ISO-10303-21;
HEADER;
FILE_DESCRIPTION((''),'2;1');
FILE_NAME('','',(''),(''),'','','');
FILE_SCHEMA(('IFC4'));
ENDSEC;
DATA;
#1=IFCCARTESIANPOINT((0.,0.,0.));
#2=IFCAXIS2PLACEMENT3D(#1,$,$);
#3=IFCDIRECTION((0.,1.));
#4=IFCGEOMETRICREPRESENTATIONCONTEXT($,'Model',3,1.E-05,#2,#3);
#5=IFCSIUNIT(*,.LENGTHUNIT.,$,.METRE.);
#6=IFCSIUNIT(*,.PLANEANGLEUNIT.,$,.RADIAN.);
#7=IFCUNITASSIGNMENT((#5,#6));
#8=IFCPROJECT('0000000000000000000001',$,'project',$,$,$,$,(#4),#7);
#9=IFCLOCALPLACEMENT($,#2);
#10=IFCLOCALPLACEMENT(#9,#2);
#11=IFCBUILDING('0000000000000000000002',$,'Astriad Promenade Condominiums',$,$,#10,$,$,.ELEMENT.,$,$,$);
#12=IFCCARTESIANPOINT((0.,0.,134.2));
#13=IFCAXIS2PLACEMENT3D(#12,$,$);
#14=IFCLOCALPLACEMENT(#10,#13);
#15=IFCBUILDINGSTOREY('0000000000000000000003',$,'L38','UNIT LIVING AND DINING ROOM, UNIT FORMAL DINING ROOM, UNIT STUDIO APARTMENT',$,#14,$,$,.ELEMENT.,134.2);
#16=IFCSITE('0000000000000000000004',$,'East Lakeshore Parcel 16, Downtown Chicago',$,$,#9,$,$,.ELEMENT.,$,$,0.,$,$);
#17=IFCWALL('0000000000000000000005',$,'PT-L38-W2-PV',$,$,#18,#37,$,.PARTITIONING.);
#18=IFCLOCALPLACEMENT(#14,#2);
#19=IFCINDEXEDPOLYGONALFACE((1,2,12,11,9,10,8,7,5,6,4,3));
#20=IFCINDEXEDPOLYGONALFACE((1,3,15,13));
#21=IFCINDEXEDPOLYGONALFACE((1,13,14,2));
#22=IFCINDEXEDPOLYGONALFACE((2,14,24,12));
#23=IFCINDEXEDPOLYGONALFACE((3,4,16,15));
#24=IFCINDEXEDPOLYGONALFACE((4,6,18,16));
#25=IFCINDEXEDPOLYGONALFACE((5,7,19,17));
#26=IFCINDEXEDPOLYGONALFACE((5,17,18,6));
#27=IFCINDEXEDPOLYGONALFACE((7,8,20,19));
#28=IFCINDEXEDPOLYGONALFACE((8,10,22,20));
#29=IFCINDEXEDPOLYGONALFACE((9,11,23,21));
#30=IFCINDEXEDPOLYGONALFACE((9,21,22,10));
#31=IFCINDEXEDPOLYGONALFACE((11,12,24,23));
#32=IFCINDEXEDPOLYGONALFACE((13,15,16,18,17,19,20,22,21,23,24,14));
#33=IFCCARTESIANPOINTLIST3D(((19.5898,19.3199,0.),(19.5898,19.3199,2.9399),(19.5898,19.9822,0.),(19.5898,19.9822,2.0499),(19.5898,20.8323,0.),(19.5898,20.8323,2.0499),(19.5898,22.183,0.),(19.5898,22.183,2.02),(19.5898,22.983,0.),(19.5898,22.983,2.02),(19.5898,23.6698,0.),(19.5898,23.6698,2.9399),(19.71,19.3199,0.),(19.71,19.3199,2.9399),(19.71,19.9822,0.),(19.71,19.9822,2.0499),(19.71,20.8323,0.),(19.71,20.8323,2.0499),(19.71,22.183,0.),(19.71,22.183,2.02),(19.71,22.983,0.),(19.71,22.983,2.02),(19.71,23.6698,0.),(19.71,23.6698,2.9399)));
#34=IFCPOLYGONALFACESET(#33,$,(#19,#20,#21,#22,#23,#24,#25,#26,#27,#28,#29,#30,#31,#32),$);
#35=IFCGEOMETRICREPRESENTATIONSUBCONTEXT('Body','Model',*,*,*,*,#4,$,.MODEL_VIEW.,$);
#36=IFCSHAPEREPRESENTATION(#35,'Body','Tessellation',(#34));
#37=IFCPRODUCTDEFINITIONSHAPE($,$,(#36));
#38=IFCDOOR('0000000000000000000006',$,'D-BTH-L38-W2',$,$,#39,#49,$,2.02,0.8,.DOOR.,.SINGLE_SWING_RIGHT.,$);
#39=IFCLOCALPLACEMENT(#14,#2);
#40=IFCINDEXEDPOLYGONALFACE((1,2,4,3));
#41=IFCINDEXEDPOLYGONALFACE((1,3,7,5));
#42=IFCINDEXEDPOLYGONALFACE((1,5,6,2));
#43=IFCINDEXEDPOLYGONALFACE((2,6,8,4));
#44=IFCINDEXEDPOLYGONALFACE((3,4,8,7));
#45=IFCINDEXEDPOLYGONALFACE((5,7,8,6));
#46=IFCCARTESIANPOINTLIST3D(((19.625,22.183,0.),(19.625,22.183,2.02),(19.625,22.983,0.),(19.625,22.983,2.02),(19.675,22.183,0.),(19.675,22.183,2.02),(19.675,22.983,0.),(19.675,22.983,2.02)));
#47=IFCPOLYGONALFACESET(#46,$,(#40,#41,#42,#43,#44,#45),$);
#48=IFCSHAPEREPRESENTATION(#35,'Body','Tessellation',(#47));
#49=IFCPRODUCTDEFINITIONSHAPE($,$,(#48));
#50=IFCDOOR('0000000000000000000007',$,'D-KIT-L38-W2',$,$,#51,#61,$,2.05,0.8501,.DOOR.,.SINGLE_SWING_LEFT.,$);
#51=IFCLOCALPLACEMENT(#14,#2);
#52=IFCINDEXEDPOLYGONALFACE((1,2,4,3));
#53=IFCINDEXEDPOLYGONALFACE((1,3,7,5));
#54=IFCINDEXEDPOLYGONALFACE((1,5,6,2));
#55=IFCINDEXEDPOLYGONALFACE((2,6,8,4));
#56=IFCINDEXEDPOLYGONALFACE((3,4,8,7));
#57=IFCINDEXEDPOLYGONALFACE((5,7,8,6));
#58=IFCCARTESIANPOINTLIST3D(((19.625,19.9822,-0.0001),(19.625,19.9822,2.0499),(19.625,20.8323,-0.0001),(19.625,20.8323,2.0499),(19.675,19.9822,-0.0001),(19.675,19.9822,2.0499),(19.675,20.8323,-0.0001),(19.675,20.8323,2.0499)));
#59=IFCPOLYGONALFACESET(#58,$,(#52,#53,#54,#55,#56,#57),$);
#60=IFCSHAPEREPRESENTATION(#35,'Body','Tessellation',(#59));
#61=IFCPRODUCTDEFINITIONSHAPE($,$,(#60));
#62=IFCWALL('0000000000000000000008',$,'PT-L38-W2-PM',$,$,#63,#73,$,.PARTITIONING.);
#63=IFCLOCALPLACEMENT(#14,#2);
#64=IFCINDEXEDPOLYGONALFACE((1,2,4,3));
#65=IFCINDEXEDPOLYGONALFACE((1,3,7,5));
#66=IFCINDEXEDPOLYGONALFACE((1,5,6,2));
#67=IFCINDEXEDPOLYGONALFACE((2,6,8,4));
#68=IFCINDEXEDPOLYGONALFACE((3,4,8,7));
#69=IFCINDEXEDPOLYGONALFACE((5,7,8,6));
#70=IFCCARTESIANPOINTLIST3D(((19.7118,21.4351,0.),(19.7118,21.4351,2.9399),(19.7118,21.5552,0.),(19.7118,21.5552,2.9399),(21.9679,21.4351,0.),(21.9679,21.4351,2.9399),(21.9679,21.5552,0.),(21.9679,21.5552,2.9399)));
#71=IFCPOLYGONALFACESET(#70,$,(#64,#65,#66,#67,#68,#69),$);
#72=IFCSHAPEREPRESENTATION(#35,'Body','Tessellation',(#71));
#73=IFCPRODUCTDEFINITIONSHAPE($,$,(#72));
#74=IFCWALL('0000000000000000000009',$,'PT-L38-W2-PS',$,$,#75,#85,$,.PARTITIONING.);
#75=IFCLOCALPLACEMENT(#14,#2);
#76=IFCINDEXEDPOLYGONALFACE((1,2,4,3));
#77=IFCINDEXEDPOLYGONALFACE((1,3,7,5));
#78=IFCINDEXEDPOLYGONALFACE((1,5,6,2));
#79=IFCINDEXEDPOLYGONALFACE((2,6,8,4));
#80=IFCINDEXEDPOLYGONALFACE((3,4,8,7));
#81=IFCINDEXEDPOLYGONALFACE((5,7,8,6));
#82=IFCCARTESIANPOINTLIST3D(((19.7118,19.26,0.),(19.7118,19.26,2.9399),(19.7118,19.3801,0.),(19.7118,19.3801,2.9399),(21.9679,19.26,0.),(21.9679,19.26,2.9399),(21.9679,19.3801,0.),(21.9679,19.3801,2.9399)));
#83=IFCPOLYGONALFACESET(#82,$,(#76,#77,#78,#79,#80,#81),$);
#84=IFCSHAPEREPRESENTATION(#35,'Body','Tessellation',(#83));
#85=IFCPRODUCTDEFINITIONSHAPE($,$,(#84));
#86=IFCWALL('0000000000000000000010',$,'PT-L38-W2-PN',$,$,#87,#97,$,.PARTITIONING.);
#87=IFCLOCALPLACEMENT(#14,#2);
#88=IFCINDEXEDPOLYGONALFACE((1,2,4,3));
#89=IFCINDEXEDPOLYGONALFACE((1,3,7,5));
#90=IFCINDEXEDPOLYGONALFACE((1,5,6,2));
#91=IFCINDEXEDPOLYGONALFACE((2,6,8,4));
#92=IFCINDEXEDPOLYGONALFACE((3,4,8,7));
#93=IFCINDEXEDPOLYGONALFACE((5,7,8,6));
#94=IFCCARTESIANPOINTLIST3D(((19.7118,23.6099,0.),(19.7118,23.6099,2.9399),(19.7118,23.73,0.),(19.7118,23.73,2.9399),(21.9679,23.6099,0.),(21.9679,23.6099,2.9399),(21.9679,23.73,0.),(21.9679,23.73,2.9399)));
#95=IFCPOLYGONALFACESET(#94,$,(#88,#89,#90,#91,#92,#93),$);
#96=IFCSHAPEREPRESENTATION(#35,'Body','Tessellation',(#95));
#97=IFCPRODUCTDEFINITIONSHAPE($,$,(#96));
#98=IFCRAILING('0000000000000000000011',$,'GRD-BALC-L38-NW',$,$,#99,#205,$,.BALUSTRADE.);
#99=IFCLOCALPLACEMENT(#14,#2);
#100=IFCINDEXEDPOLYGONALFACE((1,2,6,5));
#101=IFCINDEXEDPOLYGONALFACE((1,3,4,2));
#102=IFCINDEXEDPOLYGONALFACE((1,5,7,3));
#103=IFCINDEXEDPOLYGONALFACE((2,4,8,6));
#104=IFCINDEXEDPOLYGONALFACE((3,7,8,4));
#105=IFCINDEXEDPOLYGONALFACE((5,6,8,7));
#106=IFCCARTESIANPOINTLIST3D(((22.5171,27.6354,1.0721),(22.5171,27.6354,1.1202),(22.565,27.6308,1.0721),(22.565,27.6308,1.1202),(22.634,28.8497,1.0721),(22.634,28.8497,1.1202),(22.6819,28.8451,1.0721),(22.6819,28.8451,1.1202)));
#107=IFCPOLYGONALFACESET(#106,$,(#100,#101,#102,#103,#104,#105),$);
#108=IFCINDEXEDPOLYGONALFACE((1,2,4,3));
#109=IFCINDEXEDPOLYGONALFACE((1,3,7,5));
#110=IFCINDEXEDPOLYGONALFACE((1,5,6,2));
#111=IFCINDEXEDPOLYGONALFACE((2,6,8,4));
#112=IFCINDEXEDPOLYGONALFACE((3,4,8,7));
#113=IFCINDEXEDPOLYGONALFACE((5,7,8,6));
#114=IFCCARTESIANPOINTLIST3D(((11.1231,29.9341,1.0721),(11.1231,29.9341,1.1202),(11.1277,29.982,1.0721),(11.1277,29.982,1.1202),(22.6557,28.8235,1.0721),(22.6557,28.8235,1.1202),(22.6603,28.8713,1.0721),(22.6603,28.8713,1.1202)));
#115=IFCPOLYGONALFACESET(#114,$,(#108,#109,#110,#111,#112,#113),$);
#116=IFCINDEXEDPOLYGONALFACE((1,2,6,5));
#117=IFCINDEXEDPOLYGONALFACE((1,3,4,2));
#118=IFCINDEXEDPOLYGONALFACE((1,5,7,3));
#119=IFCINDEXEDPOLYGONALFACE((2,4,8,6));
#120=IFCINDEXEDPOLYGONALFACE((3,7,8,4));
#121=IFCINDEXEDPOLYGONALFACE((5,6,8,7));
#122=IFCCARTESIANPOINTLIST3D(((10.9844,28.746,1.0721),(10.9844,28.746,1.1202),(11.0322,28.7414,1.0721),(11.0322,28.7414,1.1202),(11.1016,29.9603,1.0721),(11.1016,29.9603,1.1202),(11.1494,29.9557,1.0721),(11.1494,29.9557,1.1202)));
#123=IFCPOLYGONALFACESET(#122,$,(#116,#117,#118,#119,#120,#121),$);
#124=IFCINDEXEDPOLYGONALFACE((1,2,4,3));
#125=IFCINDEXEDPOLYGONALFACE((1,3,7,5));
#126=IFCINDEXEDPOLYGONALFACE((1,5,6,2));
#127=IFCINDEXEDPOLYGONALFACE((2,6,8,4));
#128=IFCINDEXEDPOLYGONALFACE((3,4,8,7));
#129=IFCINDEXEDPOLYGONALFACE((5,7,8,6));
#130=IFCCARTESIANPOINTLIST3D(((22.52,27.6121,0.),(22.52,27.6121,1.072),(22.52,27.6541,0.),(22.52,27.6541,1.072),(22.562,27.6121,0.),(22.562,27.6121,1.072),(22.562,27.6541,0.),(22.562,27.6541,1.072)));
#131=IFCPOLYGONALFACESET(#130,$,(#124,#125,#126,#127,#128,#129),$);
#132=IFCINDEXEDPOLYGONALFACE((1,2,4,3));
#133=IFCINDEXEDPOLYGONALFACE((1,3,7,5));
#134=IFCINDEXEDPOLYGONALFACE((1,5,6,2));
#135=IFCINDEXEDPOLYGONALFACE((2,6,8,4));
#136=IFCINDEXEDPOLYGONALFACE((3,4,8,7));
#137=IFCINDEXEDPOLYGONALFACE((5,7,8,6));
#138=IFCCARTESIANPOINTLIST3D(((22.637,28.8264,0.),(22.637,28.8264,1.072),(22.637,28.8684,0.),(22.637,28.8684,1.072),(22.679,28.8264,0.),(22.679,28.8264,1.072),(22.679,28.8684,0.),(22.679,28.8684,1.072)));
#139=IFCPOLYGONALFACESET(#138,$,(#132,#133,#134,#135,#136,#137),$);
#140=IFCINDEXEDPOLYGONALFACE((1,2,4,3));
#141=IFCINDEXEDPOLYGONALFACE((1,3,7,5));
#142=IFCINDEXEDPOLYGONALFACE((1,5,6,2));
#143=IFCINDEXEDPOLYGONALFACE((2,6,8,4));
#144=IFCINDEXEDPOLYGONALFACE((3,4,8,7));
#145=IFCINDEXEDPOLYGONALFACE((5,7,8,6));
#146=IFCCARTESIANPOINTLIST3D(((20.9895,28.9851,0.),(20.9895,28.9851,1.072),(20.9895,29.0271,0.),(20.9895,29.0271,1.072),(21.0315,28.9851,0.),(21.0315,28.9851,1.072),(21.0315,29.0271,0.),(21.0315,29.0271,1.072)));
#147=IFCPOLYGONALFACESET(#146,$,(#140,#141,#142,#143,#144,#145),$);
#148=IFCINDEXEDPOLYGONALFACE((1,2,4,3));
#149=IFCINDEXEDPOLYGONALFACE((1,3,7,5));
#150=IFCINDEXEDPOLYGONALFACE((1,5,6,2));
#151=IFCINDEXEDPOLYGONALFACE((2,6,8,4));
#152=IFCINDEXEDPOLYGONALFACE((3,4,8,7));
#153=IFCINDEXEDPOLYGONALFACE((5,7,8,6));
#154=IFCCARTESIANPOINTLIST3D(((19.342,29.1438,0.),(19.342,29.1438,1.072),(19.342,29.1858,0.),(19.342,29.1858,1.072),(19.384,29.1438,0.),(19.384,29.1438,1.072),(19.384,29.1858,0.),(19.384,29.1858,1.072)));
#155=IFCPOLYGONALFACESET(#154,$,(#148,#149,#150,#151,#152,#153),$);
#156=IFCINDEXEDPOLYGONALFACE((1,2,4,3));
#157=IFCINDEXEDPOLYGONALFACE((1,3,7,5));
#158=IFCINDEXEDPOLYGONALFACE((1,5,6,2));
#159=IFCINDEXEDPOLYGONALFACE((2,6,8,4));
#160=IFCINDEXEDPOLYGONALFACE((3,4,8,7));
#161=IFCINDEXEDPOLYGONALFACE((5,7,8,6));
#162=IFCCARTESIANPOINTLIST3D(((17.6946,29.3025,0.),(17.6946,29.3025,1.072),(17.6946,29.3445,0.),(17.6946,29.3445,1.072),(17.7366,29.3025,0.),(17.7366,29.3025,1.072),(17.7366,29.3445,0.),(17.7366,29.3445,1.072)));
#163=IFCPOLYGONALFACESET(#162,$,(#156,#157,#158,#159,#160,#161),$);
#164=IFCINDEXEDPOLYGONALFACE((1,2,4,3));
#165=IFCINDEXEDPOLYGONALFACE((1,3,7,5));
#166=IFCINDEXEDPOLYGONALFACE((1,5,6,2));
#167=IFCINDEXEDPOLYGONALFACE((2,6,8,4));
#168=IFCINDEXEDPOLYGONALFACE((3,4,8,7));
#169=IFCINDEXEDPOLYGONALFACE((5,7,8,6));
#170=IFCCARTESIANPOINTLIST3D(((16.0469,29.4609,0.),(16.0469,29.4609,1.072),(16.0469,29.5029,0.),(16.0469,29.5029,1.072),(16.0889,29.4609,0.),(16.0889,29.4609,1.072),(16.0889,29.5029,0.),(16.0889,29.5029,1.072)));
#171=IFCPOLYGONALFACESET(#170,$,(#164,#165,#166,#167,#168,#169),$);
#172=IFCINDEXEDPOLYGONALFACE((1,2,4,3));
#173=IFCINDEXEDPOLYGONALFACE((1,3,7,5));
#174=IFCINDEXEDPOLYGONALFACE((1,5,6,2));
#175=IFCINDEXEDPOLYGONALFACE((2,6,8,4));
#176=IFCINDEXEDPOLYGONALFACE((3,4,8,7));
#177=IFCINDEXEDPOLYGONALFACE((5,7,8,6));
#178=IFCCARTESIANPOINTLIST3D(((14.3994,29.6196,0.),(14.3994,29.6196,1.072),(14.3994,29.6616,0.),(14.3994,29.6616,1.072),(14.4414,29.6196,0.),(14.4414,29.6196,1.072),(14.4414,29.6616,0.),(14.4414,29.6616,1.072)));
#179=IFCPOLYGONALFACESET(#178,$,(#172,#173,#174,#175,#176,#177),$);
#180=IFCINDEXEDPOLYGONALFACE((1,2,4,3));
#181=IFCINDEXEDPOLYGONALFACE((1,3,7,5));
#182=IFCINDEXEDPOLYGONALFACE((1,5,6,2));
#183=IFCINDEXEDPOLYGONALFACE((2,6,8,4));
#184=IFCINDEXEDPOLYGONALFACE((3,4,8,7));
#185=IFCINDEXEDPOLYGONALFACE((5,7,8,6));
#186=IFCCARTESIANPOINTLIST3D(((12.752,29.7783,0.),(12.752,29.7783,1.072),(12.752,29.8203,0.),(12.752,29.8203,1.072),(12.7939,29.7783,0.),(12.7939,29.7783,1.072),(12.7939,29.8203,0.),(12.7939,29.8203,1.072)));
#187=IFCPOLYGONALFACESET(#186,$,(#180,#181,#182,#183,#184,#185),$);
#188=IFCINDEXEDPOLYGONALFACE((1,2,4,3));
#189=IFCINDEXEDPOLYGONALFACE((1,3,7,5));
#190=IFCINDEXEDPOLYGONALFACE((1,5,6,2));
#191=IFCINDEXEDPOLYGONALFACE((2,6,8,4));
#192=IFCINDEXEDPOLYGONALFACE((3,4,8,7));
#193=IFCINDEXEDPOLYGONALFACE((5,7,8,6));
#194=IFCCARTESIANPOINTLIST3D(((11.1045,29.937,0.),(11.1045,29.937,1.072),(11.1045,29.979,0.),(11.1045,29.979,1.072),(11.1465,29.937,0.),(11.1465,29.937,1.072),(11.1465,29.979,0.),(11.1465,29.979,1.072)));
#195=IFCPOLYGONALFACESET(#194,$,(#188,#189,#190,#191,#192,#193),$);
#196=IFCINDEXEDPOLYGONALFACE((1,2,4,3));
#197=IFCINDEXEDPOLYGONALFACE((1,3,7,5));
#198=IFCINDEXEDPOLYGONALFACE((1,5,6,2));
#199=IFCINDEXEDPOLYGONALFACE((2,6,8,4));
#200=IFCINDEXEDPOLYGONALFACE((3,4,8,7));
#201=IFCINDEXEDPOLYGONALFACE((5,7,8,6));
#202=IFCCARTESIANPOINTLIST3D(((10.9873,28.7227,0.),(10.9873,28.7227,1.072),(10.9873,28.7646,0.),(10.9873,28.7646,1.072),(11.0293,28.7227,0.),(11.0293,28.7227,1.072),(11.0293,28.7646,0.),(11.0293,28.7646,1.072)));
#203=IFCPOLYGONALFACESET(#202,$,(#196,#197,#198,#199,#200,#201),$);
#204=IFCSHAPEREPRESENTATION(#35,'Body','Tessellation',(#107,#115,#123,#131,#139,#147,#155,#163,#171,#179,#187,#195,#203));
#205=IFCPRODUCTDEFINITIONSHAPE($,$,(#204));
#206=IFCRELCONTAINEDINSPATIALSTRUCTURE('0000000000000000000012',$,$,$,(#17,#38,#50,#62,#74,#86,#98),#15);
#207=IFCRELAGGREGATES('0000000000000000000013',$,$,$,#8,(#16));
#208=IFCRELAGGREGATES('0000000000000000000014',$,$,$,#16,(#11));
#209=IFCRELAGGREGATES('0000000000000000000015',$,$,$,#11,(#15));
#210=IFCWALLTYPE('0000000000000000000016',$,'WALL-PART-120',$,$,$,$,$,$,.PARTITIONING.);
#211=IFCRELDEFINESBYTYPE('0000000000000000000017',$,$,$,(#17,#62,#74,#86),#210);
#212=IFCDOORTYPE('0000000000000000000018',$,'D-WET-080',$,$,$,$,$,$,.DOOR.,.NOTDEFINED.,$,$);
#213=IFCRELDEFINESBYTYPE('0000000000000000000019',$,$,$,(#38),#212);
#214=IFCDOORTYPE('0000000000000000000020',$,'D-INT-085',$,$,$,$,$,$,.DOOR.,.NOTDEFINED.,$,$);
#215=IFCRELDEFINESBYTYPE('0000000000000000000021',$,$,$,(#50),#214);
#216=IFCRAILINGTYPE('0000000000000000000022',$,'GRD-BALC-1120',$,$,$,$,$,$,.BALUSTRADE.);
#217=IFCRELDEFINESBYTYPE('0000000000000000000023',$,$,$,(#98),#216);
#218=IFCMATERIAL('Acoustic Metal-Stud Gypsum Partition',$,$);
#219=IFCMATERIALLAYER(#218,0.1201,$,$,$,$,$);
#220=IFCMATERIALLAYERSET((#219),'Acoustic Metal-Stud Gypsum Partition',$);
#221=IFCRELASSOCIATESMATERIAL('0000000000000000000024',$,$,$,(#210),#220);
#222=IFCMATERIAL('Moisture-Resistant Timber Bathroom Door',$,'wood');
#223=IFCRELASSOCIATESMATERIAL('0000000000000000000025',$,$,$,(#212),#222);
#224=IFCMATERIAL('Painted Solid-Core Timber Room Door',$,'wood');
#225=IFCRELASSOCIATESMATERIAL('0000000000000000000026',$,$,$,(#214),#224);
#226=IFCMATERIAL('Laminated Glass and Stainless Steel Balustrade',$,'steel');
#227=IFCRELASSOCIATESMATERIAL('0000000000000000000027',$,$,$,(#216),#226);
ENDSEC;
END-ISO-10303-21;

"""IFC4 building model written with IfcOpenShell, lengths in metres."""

from ifc_helpers import new_model, si_unit, direction, frame, frame_2d, origin, origin_2d, place, context, subcontext, project, spatial, rectangle, extrude, source, transform, mapped, material, layer, layer_set, type_object, type_shapes, element, fill, save


model = new_model("IFC4")

# Units and contexts
model_context = context("Model", 3, precision=1e-05, world=origin(), true_north=direction((0.0, 1.0)))
body_context = subcontext(model_context, "Body", "Model", "MODEL_VIEW")
ifc_project = project(units=[si_unit("LENGTHUNIT", "METRE"), si_unit("PLANEANGLEUNIT", "RADIAN")], contexts=[model_context])

# Site, building, storey
site_placement = place(None, origin())
site = spatial("IfcSite", under=ifc_project, at=site_placement, Name="East Lakeshore Parcel 16, Downtown Chicago", CompositionType="ELEMENT", RefElevation=0.0)
building_placement = place(site_placement, origin())
building = spatial("IfcBuilding", under=site, at=building_placement, Name="Astriad Promenade Condominiums", CompositionType="ELEMENT")
storey_placement = place(building_placement, frame((0.0, 0.0, 134.2)))
storey = spatial("IfcBuildingStorey", under=building, at=storey_placement, Name="L38", Description="UNIT LIVING AND DINING ROOM, UNIT FORMAL DINING ROOM, UNIT STUDIO APARTMENT", CompositionType="ELEMENT", Elevation=134.2)

# Wall, openings, doors
ifc_material_1 = material(Name="Acoustic Metal-Stud Gypsum Partition")
ifc_layer_1 = layer(ifc_material_1, 0.1201)
ifc_layer_set_1 = layer_set([ifc_layer_1], Name="Acoustic Metal-Stud Gypsum Partition")
wall_type_1 = type_object("IfcWallType", Name="WALL-PART-120", PredefinedType="PARTITIONING", material=ifc_layer_set_1)
wall_1_placement = place(storey_placement, frame((19.6499, 19.3201, 0.0), z_axis=(0.0, 0.0, 1.0), x_axis=(0.0, 1.0, 0.0)))
wall_1 = element("IfcWall", 1, at=wall_1_placement, inside=storey, type_object=wall_type_1, Name="PT-L38-W2-PV", PredefinedType="PARTITIONING", context=body_context, shape_type="SweptSolid", body=[
    extrude(rectangle(XDim=4.3499, YDim=0.1201, at=frame_2d((2.1748, 0.0))), origin(), (0.0, 0.0, 1.0), 2.9399),
])
opening_1_placement = place(wall_1_placement, frame((0.6621, 0.0, 0.0)))
opening_1 = element("IfcOpeningElement", 2, at=opening_1_placement, cuts=wall_1, PredefinedType="OPENING", context=body_context, shape_type="SweptSolid", body=[
    extrude(rectangle(XDim=0.8501, YDim=2.05, at=frame_2d((0.425, 1.0249))), frame((0.0, 0.0701, 0.0), z_axis=(0.0, -1.0, 0.0), x_axis=(1.0, 0.0, 0.0)), (0.0, 0.0, 1.0), 0.1401),
])
opening_2_placement = place(wall_1_placement, frame((2.863, 0.0, 0.0)))
opening_2 = element("IfcOpeningElement", 3, at=opening_2_placement, cuts=wall_1, PredefinedType="OPENING", context=body_context, shape_type="SweptSolid", body=[
    extrude(rectangle(XDim=0.8, YDim=2.02, at=frame_2d((0.3999, 1.01))), frame((0.0, 0.0701, 0.0), z_axis=(0.0, -1.0, 0.0), x_axis=(1.0, 0.0, 0.0)), (0.0, 0.0, 1.0), 0.1401),
])
ifc_material_2 = material(Name="Moisture-Resistant Timber Bathroom Door", Category="wood")
door_type_1 = type_object("IfcDoorType", Name="D-WET-080", OperationType="NOTDEFINED", PredefinedType="DOOR", material=ifc_material_2)
shared_shape_1 = source(origin(), body_context, "Body", "SweptSolid", [
    extrude(rectangle(XDim=0.8, YDim=2.02, at=frame_2d((0.3999, 1.01))), frame((0.0, 0.0249, 0.0), z_axis=(0.0, -1.0, 0.0), x_axis=(1.0, 0.0, 0.0)), (0.0, 0.0, 1.0), 0.05),
])
type_shapes(door_type_1, [shared_shape_1])
door_1_placement = place(opening_2_placement, origin())
door_1 = element("IfcDoor", 4, at=door_1_placement, inside=storey, type_object=door_type_1, Name="D-BTH-L38-W2", OperationType="SINGLE_SWING_RIGHT", OverallHeight=2.02, OverallWidth=0.8, PredefinedType="DOOR", context=body_context, shape_type="MappedRepresentation", body=[
    mapped(shared_shape_1, transform((0.0, 0.0, 0.0), scale=1.0)),
])
fill(opening_2, door_1)
ifc_material_3 = material(Name="Painted Solid-Core Timber Room Door", Category="wood")
door_type_2 = type_object("IfcDoorType", Name="D-INT-085", OperationType="NOTDEFINED", PredefinedType="DOOR", material=ifc_material_3)
shared_shape_2 = source(origin(), body_context, "Body", "SweptSolid", [
    extrude(rectangle(XDim=0.8501, YDim=2.05, at=frame_2d((0.425, 1.0249))), frame((0.0, 0.0249, 0.0), z_axis=(0.0, -1.0, 0.0), x_axis=(1.0, 0.0, 0.0)), (0.0, 0.0, 1.0), 0.05),
])
type_shapes(door_type_2, [shared_shape_2])
door_2_placement = place(opening_1_placement, origin())
door_2 = element("IfcDoor", 5, at=door_2_placement, inside=storey, type_object=door_type_2, Name="D-KIT-L38-W2", OperationType="SINGLE_SWING_LEFT", OverallHeight=2.05, OverallWidth=0.8501, PredefinedType="DOOR", context=body_context, shape_type="MappedRepresentation", body=[
    mapped(shared_shape_2, transform((0.0, 0.0, 0.0), scale=1.0)),
])
fill(opening_1, door_2)

# Walls
for number, where, z_axis, x_axis, name in (
    (6, (19.7119, 21.4951, 0.0), (0.0, 0.0, 1.0), (1.0, 0.0, 0.0), "PT-L38-W2-PM"),
    (7, (19.7119, 19.3201, 0.0), (0.0, 0.0, 1.0), (1.0, 0.0, 0.0), "PT-L38-W2-PS"),
    (8, (19.7119, 23.6699, 0.0), (0.0, 0.0, 1.0), (1.0, 0.0, 0.0), "PT-L38-W2-PN"),
):
    element("IfcWall", number, at=place(storey_placement, frame(where, z_axis=z_axis, x_axis=x_axis)), inside=storey, type_object=wall_type_1, Name=name, PredefinedType="PARTITIONING", context=body_context, shape_type="SweptSolid", body=[
        extrude(rectangle(XDim=2.2561, YDim=0.1201, at=frame_2d((1.1279, 0.0))), origin(), (0.0, 0.0, 1.0), 2.9399),
    ])

# Railing
ifc_material_4 = material(Name="Laminated Glass and Stainless Steel Balustrade", Category="steel")
railing_type = type_object("IfcRailingType", Name="GRD-BALC-1120", PredefinedType="BALUSTRADE", material=ifc_material_4)
shared_shape_3 = source(origin(), body_context, "Body", "SweptSolid", [
    extrude(rectangle(XDim=0.0481, YDim=0.0481, at=origin_2d()), frame((0.0, 0.0, 1.0962), z_axis=(0.095857, 0.995395, 0.0), x_axis=(-0.995395, 0.095857, 0.0)), (0.0, 0.0, 1.0), 1.22),
    extrude(rectangle(XDim=0.0481, YDim=0.0481, at=origin_2d()), frame((0.1169, 1.2144, 1.0962), z_axis=(-0.995395, 0.095858, 0.0), x_axis=(-0.095858, -0.995395, 0.0)), (0.0, 0.0, 1.0), 11.5859),
    extrude(rectangle(XDim=0.0481, YDim=0.0481, at=origin_2d()), frame((-11.4155, 2.325, 1.0962), z_axis=(-0.096056, -0.995376, 0.0), x_axis=(0.995376, -0.096056, 0.0)), (0.0, 0.0, 1.0), 1.22),
    extrude(rectangle(XDim=0.042, YDim=0.042, at=origin_2d()), origin(), (0.0, 0.0, 1.0), 1.072),
    extrude(rectangle(XDim=0.042, YDim=0.042, at=origin_2d()), frame((0.1169, 1.2144, 0.0)), (0.0, 0.0, 1.0), 1.072),
    extrude(rectangle(XDim=0.042, YDim=0.042, at=origin_2d()), frame((-1.5305, 1.373, 0.0)), (0.0, 0.0, 1.0), 1.072),
    extrude(rectangle(XDim=0.042, YDim=0.042, at=origin_2d()), frame((-3.178, 1.5317, 0.0)), (0.0, 0.0, 1.0), 1.072),
    extrude(rectangle(XDim=0.042, YDim=0.042, at=origin_2d()), frame((-4.8254, 1.6904, 0.0)), (0.0, 0.0, 1.0), 1.072),
    extrude(rectangle(XDim=0.042, YDim=0.042, at=origin_2d()), frame((-6.4731, 1.8489, 0.0)), (0.0, 0.0, 1.0), 1.072),
    extrude(rectangle(XDim=0.042, YDim=0.042, at=origin_2d()), frame((-8.1206, 2.0076, 0.0)), (0.0, 0.0, 1.0), 1.072),
    extrude(rectangle(XDim=0.042, YDim=0.042, at=origin_2d()), frame((-9.7681, 2.1663, 0.0)), (0.0, 0.0, 1.0), 1.072),
    extrude(rectangle(XDim=0.042, YDim=0.042, at=origin_2d()), frame((-11.4155, 2.325, 0.0)), (0.0, 0.0, 1.0), 1.072),
    extrude(rectangle(XDim=0.042, YDim=0.042, at=origin_2d()), frame((-11.5327, 1.1106, 0.0)), (0.0, 0.0, 1.0), 1.072),
])
type_shapes(railing_type, [shared_shape_3])
railing_placement = place(storey_placement, frame((22.541, 27.6331, 0.0)))
element("IfcRailing", 9, at=railing_placement, inside=storey, type_object=railing_type, Name="GRD-BALC-L38-NW", PredefinedType="BALUSTRADE", context=body_context, shape_type="MappedRepresentation", body=[
    mapped(shared_shape_3, transform((0.0, 0.0, 0.0), scale=1.0)),
])

save(model, "model.ifc")
